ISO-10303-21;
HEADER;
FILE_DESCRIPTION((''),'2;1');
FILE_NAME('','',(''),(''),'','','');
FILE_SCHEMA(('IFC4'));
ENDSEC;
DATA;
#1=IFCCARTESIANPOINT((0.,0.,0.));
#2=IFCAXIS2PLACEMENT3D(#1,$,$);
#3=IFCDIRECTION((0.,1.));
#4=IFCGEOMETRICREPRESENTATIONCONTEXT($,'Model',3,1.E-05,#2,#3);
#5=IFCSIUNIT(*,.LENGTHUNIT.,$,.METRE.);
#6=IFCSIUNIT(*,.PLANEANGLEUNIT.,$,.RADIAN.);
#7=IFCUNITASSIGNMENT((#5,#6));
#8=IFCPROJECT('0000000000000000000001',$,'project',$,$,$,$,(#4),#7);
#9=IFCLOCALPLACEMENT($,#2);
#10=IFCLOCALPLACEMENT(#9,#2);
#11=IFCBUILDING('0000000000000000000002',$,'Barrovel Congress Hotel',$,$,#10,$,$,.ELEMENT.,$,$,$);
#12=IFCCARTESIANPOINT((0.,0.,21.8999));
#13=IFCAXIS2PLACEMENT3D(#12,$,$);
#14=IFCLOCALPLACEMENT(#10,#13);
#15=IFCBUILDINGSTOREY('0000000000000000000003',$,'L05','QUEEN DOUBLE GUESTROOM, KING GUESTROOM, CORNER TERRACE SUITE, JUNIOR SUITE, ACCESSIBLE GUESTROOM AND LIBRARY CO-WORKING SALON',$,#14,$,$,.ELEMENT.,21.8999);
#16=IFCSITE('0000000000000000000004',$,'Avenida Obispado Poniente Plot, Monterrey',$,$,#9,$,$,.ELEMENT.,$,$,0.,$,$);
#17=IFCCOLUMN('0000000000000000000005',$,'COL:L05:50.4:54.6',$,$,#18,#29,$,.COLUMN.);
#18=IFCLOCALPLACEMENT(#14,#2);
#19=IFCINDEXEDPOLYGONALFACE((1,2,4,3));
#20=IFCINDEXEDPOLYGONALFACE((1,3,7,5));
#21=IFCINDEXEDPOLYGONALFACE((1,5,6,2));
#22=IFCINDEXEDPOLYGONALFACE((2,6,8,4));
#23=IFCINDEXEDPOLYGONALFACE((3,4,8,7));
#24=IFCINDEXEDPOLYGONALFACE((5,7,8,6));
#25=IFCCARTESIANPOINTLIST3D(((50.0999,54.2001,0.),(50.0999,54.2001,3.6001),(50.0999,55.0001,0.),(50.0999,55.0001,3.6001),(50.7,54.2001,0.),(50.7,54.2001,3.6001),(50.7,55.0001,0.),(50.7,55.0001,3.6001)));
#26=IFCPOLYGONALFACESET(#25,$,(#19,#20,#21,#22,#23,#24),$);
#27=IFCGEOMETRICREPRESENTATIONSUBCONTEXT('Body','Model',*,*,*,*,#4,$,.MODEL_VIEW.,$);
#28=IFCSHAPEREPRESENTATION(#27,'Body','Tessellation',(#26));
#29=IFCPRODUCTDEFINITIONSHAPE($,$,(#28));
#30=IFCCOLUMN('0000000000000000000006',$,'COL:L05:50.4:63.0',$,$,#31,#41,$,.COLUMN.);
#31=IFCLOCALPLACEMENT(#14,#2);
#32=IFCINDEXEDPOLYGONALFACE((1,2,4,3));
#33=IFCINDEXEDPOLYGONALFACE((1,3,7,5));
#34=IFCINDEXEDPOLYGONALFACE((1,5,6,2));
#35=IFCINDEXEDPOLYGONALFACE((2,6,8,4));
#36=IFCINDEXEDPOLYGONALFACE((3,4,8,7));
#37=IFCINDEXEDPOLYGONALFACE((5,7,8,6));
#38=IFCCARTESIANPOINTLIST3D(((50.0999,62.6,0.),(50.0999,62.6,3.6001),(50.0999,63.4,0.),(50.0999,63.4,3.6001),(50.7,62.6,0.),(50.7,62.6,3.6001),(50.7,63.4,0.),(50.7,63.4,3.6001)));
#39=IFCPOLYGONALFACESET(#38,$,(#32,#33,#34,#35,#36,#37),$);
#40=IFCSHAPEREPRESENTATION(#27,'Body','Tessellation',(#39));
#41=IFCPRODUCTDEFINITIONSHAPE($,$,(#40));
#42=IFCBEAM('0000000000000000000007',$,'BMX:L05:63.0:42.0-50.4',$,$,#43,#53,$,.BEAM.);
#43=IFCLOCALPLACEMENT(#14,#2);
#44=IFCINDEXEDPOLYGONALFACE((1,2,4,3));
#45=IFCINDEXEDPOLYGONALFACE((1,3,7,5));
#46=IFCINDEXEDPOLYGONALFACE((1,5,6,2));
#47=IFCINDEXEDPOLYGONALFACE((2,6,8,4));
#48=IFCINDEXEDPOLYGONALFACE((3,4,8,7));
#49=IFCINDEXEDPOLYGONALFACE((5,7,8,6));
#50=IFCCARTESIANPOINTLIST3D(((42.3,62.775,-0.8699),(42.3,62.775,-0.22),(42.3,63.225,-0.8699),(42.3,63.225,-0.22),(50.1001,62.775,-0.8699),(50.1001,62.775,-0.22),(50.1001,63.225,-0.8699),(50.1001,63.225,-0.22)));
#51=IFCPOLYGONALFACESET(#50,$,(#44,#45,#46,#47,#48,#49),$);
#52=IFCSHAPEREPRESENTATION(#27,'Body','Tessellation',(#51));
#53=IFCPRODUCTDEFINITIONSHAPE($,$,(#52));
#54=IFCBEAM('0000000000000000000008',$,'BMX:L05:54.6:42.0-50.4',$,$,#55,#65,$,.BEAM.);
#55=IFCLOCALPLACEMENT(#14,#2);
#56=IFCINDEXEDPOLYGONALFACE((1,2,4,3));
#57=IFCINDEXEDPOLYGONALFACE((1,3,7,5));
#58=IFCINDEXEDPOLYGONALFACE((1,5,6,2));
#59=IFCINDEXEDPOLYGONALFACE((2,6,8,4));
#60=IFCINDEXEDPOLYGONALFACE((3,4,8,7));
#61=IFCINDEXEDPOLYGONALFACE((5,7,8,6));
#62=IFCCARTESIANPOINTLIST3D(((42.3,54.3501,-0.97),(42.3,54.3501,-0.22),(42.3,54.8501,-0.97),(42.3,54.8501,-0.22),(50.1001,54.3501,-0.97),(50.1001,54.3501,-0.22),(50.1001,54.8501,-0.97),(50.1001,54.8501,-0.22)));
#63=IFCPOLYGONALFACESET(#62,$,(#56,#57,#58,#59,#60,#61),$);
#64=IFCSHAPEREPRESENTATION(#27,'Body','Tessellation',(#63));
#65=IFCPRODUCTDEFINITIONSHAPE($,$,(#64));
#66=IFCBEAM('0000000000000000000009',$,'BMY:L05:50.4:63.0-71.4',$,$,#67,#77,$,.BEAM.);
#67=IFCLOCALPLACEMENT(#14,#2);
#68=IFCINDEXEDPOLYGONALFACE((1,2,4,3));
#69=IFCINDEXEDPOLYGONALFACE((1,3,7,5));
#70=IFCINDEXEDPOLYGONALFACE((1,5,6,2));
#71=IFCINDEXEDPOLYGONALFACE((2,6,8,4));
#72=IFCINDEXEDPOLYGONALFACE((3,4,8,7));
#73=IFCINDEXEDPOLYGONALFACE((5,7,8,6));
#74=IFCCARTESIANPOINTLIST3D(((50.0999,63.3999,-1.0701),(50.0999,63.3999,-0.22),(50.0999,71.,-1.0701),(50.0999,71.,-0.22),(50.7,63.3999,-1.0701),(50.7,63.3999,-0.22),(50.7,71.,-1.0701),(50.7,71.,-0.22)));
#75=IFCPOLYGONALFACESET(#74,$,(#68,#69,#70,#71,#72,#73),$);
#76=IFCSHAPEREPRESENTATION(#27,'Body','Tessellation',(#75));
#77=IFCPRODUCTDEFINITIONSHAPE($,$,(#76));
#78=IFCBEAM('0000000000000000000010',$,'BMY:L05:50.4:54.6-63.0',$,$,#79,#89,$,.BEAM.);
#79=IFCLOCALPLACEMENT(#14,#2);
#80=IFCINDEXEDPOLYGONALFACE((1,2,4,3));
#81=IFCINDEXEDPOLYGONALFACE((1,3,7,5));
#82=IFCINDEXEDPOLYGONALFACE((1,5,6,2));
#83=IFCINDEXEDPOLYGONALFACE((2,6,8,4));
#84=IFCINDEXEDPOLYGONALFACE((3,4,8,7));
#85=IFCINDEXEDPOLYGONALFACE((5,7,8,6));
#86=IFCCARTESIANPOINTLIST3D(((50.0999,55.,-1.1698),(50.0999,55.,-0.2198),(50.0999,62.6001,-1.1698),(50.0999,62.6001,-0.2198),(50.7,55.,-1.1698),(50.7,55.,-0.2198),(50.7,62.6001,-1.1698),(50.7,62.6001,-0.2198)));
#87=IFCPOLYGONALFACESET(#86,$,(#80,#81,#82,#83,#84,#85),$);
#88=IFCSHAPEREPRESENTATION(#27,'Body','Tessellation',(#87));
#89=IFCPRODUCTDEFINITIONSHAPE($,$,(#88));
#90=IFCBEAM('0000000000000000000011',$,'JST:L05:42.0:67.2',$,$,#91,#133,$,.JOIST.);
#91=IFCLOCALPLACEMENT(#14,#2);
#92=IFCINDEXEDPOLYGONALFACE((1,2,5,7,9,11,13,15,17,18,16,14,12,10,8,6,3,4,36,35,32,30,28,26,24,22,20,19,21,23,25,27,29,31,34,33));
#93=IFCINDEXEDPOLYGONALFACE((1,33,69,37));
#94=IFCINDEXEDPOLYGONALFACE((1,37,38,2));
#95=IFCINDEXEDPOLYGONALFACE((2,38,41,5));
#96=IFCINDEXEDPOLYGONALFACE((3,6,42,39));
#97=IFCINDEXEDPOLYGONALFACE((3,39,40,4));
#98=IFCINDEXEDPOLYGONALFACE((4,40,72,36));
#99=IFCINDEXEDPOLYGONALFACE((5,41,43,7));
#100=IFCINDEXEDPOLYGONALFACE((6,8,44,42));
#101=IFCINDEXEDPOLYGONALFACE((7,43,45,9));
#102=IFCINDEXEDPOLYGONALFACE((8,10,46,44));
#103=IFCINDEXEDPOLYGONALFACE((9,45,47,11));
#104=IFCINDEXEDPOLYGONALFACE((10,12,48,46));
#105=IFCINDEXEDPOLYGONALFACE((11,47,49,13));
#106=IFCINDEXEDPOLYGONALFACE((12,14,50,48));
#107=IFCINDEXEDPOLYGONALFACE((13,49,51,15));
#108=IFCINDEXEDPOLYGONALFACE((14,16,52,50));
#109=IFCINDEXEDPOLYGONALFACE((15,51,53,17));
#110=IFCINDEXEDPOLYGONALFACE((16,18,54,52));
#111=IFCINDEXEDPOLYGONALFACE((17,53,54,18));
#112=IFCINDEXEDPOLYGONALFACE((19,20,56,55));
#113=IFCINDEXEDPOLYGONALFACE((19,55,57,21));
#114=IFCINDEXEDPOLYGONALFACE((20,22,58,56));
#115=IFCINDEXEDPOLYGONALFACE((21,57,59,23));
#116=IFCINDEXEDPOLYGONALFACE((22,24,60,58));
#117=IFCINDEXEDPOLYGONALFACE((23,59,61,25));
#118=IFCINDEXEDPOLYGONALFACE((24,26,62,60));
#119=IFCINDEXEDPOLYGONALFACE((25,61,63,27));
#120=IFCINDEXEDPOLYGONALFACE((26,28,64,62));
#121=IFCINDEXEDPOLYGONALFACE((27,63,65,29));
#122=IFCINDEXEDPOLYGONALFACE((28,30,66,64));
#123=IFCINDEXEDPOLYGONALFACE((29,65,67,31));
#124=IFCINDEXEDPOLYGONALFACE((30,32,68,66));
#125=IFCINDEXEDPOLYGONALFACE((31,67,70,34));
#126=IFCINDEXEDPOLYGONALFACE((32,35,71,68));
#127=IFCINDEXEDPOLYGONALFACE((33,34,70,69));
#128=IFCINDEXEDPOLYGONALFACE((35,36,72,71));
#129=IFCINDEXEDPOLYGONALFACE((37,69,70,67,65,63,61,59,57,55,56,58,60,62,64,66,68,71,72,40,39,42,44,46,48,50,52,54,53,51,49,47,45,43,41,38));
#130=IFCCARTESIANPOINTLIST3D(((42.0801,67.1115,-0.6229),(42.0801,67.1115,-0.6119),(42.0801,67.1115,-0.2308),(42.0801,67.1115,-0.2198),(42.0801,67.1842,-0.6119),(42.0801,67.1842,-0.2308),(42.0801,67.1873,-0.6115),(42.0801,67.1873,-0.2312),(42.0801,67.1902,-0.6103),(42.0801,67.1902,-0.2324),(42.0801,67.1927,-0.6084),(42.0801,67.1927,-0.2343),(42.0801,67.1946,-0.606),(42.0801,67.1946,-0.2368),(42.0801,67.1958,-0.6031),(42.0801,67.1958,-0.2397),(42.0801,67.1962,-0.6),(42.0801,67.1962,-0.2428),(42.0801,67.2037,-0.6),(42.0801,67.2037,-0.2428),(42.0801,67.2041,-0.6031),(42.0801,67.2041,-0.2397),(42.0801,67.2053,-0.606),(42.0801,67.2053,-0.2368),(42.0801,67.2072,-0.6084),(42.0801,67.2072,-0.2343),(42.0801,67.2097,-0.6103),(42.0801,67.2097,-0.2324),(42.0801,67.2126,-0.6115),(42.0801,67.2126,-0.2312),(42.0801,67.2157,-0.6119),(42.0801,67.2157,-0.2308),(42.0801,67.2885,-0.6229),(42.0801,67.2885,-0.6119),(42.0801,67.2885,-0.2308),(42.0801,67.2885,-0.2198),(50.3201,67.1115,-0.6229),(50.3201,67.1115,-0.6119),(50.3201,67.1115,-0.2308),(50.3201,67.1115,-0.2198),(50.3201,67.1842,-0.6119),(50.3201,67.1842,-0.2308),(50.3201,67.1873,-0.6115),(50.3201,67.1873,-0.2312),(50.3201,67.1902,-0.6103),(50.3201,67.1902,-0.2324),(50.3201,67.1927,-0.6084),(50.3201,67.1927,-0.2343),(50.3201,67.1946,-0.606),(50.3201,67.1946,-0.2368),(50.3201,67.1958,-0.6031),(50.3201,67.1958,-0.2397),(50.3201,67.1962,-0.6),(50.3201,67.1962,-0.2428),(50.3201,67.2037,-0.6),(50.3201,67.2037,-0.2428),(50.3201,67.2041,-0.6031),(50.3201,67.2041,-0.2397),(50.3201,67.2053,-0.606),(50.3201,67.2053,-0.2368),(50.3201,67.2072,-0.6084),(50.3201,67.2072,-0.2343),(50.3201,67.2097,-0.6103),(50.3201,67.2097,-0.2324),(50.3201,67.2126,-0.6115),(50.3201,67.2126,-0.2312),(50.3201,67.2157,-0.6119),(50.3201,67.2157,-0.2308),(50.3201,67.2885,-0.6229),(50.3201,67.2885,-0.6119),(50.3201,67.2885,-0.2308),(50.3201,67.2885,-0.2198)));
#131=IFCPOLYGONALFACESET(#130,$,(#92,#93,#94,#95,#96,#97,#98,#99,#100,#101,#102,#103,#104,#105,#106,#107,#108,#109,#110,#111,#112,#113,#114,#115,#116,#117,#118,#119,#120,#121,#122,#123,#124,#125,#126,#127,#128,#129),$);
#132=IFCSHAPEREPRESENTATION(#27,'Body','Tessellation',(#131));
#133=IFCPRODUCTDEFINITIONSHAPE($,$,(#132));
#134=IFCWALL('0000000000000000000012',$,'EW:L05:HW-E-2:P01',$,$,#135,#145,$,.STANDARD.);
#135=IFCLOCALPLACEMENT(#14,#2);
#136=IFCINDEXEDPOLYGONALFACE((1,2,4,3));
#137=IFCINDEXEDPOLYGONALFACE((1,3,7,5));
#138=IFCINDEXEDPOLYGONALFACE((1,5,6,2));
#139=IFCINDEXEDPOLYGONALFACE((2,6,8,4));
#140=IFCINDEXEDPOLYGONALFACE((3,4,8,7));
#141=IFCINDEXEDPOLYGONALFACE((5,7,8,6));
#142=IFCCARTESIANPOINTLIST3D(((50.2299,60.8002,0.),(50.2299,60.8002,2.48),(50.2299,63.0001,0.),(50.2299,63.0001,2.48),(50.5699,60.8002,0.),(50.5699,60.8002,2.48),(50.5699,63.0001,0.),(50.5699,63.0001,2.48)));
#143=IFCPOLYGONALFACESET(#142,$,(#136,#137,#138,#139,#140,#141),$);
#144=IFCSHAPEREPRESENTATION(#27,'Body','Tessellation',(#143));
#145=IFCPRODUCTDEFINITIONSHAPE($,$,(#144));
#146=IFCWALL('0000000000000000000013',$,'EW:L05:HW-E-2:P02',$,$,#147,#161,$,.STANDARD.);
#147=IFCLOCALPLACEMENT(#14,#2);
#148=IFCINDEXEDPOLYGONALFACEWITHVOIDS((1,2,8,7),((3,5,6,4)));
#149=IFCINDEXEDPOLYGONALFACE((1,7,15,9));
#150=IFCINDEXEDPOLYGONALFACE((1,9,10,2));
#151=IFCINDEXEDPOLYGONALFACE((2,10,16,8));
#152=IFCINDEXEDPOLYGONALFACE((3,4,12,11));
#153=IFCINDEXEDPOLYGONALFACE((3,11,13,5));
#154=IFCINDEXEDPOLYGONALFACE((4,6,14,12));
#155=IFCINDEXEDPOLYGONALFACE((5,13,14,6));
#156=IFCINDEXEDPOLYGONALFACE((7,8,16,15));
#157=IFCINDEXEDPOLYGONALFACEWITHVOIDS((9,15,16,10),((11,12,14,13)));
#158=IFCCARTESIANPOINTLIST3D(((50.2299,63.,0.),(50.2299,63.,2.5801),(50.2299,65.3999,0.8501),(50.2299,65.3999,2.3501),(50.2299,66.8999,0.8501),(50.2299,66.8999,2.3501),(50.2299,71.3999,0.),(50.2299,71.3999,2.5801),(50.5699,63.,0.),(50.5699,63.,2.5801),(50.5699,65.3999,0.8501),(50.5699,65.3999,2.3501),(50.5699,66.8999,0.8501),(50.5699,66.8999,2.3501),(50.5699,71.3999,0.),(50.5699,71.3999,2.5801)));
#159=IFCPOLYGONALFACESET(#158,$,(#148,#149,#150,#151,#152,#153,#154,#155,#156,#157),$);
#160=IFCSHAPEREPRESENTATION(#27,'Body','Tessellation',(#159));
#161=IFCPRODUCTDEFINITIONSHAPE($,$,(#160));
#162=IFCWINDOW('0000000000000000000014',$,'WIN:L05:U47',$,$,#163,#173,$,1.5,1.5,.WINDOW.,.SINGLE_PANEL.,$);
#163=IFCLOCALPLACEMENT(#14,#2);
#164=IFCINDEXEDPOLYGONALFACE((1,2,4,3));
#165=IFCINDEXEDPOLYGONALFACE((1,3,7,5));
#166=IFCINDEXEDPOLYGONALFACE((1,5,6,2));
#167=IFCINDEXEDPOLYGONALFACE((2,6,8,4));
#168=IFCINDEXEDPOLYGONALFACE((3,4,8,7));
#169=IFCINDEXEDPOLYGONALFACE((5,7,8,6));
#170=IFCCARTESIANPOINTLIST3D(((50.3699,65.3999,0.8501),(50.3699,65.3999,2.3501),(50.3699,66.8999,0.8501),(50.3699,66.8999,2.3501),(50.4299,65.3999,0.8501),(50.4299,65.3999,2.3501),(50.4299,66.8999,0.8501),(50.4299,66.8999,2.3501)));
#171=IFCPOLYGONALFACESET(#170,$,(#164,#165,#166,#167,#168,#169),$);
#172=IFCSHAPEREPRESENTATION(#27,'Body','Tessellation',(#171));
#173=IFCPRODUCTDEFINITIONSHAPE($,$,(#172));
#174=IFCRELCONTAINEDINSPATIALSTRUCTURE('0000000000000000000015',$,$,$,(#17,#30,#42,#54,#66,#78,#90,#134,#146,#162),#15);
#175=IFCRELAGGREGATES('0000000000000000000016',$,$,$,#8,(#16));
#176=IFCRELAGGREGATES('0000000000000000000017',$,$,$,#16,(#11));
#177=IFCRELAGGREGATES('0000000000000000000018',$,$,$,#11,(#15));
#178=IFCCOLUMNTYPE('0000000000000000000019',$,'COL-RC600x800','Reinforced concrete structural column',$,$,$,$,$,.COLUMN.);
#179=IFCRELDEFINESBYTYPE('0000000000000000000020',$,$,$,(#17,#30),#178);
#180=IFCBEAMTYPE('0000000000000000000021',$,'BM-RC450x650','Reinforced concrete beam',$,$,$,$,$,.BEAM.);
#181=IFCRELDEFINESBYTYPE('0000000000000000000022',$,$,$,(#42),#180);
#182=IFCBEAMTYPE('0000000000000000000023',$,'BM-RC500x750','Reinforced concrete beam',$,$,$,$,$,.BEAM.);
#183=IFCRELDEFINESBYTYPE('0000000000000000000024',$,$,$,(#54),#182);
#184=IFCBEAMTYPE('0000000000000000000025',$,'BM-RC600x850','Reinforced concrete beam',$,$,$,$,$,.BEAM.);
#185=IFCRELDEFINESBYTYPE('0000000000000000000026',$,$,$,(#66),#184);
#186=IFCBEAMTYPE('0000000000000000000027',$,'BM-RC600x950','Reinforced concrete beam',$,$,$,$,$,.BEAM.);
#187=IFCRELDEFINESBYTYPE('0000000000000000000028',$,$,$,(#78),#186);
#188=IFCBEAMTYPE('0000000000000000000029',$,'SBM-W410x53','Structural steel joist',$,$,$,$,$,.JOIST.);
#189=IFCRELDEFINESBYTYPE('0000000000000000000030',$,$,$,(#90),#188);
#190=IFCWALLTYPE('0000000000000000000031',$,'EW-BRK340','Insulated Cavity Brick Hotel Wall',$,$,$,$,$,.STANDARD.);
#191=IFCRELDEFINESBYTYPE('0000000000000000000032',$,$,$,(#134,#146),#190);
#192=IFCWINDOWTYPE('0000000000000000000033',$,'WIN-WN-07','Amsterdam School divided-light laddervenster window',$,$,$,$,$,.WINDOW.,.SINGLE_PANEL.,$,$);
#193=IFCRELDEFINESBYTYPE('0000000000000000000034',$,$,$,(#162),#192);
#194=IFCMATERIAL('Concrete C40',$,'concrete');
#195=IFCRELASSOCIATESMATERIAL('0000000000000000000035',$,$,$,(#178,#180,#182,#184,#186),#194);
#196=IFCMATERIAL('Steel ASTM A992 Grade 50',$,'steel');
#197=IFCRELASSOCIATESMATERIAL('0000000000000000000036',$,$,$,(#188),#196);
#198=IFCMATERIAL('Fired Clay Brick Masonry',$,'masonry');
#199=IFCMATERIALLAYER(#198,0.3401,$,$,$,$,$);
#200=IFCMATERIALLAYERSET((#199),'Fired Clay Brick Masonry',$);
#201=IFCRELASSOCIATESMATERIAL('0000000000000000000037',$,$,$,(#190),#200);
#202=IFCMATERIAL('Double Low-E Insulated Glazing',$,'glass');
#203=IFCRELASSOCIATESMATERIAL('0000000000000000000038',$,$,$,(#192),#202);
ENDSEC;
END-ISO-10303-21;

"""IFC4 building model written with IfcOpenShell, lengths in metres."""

from ifc_helpers import new_model, si_unit, direction, frame, frame_2d, origin, origin_2d, place, context, subcontext, project, spatial, rectangle, i_section, extrude, material, layer, layer_set, material_profile, profile_set, type_object, element, fill, save


model = new_model("IFC4")

# Units and contexts
model_context = context("Model", 3, precision=1e-05, world=origin(), true_north=direction((0.0, 1.0)))
body_context = subcontext(model_context, "Body", "Model", "MODEL_VIEW")
ifc_project = project(units=[si_unit("LENGTHUNIT", "METRE"), si_unit("PLANEANGLEUNIT", "RADIAN")], contexts=[model_context])

# Site, building, storey
site_placement = place(None, origin())
site = spatial("IfcSite", under=ifc_project, at=site_placement, Name="Avenida Obispado Poniente Plot, Monterrey", CompositionType="ELEMENT", RefElevation=0.0)
building_placement = place(site_placement, origin())
building = spatial("IfcBuilding", under=site, at=building_placement, Name="Barrovel Congress Hotel", CompositionType="ELEMENT")
storey_placement = place(building_placement, frame((0.0, 0.0, 21.8999)))
storey = spatial("IfcBuildingStorey", under=building, at=storey_placement, Name="L05", Description="QUEEN DOUBLE GUESTROOM, KING GUESTROOM, CORNER TERRACE SUITE, JUNIOR SUITE, ACCESSIBLE GUESTROOM AND LIBRARY CO-WORKING SALON", CompositionType="ELEMENT", Elevation=21.8999)

# Columns
ifc_material_1 = material(Name="Concrete C40", Category="concrete")
ifc_material_profile_1 = material_profile(ifc_material_1, rectangle(XDim=0.6001, YDim=0.8, at=origin_2d()), Name="RC600x800")
ifc_profile_set_1 = profile_set([ifc_material_profile_1], Name="Concrete C40")
column_type = type_object("IfcColumnType", Name="COL-RC600x800", Description="Reinforced concrete structural column", PredefinedType="COLUMN", material=ifc_profile_set_1)
for number, where, z_axis, x_axis, name in (
    (1, (50.3999, 54.6001, 0.0), (0.0, 0.0, 1.0), (1.0, 0.0, 0.0), "COL:L05:50.4:54.6"),
    (2, (50.3999, 63.0, 0.0), (0.0, 0.0, 1.0), (1.0, 0.0, 0.0), "COL:L05:50.4:63.0"),
):
    element("IfcColumn", number, at=place(storey_placement, frame(where, z_axis=z_axis, x_axis=x_axis)), inside=storey, type_object=column_type, Name=name, PredefinedType="COLUMN", context=body_context, shape_type="SweptSolid", body=[
        extrude(rectangle(XDim=0.6001, YDim=0.8, at=origin_2d()), origin(), (0.0, 0.0, 1.0), 3.6001),
    ])

# Beams
ifc_material_profile_2 = material_profile(ifc_material_1, rectangle(XDim=0.45, YDim=0.6499, at=origin_2d()), Name="RC450x650")
ifc_profile_set_2 = profile_set([ifc_material_profile_2], Name="Concrete C40")
beam_type_1 = type_object("IfcBeamType", Name="BM-RC450x650", Description="Reinforced concrete beam", PredefinedType="BEAM", material=ifc_profile_set_2)
beam_1_placement = place(storey_placement, frame((42.3, 63.0, -0.5449), z_axis=(1.0, 0.0, 0.0), x_axis=(0.0, 1.0, 0.0)))
element("IfcBeam", 3, at=beam_1_placement, inside=storey, type_object=beam_type_1, Name="BMX:L05:63.0:42.0-50.4", PredefinedType="BEAM", context=body_context, shape_type="SweptSolid", body=[
    extrude(rectangle(XDim=0.45, YDim=0.6499, at=origin_2d()), origin(), (0.0, 0.0, 1.0), 7.8),
])
ifc_material_profile_3 = material_profile(ifc_material_1, rectangle(XDim=0.5, YDim=0.75, at=origin_2d()), Name="RC500x750")
ifc_profile_set_3 = profile_set([ifc_material_profile_3], Name="Concrete C40")
beam_type_2 = type_object("IfcBeamType", Name="BM-RC500x750", Description="Reinforced concrete beam", PredefinedType="BEAM", material=ifc_profile_set_3)
beam_2_placement = place(storey_placement, frame((42.3, 54.6001, -0.595), z_axis=(1.0, 0.0, 0.0), x_axis=(0.0, 1.0, 0.0)))
element("IfcBeam", 4, at=beam_2_placement, inside=storey, type_object=beam_type_2, Name="BMX:L05:54.6:42.0-50.4", PredefinedType="BEAM", context=body_context, shape_type="SweptSolid", body=[
    extrude(rectangle(XDim=0.5, YDim=0.75, at=origin_2d()), origin(), (0.0, 0.0, 1.0), 7.8),
])
ifc_material_profile_4 = material_profile(ifc_material_1, rectangle(XDim=0.6001, YDim=0.8501, at=origin_2d()), Name="RC600x850")
ifc_profile_set_4 = profile_set([ifc_material_profile_4], Name="Concrete C40")
beam_type_3 = type_object("IfcBeamType", Name="BM-RC600x850", Description="Reinforced concrete beam", PredefinedType="BEAM", material=ifc_profile_set_4)
beam_3_placement = place(storey_placement, frame((50.3999, 63.3999, -0.645), z_axis=(0.0, 1.0, 0.0), x_axis=(-1.0, 0.0, 0.0)))
element("IfcBeam", 5, at=beam_3_placement, inside=storey, type_object=beam_type_3, Name="BMY:L05:50.4:63.0-71.4", PredefinedType="BEAM", context=body_context, shape_type="SweptSolid", body=[
    extrude(rectangle(XDim=0.6001, YDim=0.8501, at=origin_2d()), origin(), (0.0, 0.0, 1.0), 7.6001),
])
ifc_material_profile_5 = material_profile(ifc_material_1, rectangle(XDim=0.6001, YDim=0.95, at=origin_2d()), Name="RC600x950")
ifc_profile_set_5 = profile_set([ifc_material_profile_5], Name="Concrete C40")
beam_type_4 = type_object("IfcBeamType", Name="BM-RC600x950", Description="Reinforced concrete beam", PredefinedType="BEAM", material=ifc_profile_set_5)
beam_4_placement = place(storey_placement, frame((50.3999, 55.0, -0.6948), z_axis=(0.0, 1.0, 0.0), x_axis=(-1.0, 0.0, 0.0)))
element("IfcBeam", 6, at=beam_4_placement, inside=storey, type_object=beam_type_4, Name="BMY:L05:50.4:54.6-63.0", PredefinedType="BEAM", context=body_context, shape_type="SweptSolid", body=[
    extrude(rectangle(XDim=0.6001, YDim=0.95, at=origin_2d()), origin(), (0.0, 0.0, 1.0), 7.6001),
])
ifc_material_2 = material(Name="Steel ASTM A992 Grade 50", Category="steel")
ifc_material_profile_6 = material_profile(ifc_material_2, i_section(OverallWidth=0.177, OverallDepth=0.4031, WebThickness=0.0076, FlangeThickness=0.011, FilletRadius=0.012, at=origin_2d()), Name="W410x53")
ifc_profile_set_6 = profile_set([ifc_material_profile_6], Name="Steel ASTM A992 Grade 50")
beam_type_5 = type_object("IfcBeamType", Name="SBM-W410x53", Description="Structural steel joist", PredefinedType="JOIST", material=ifc_profile_set_6)
beam_5_placement = place(storey_placement, frame((42.0801, 67.2, -0.4214), z_axis=(1.0, 0.0, 0.0), x_axis=(0.0, 1.0, 0.0)))
element("IfcBeam", 7, at=beam_5_placement, inside=storey, type_object=beam_type_5, Name="JST:L05:42.0:67.2", PredefinedType="JOIST", context=body_context, shape_type="SweptSolid", body=[
    extrude(i_section(OverallWidth=0.177, OverallDepth=0.4031, WebThickness=0.0076, FlangeThickness=0.011, FilletRadius=0.012, at=origin_2d()), origin(), (0.0, 0.0, 1.0), 8.24),
])

# Wall
ifc_material_3 = material(Name="Fired Clay Brick Masonry", Category="masonry")
ifc_layer_1 = layer(ifc_material_3, 0.3401)
ifc_layer_set_1 = layer_set([ifc_layer_1], Name="Fired Clay Brick Masonry")
wall_type_1 = type_object("IfcWallType", Name="EW-BRK340", Description="Insulated Cavity Brick Hotel Wall", PredefinedType="STANDARD", material=ifc_layer_set_1)
wall_1_placement = place(storey_placement, frame((50.3999, 60.8, 0.0), z_axis=(0.0, 0.0, 1.0), x_axis=(0.0, 1.0, 0.0)))
element("IfcWall", 8, at=wall_1_placement, inside=storey, type_object=wall_type_1, Name="EW:L05:HW-E-2:P01", PredefinedType="STANDARD", context=body_context, shape_type="SweptSolid", body=[
    extrude(rectangle(XDim=2.2, YDim=0.3401, at=frame_2d((1.1001, 0.0))), origin(), (0.0, 0.0, 1.0), 2.48),
])

# Wall, opening, window
wall_2_placement = place(storey_placement, frame((50.3999, 63.0, 0.0), z_axis=(0.0, 0.0, 1.0), x_axis=(0.0, 1.0, 0.0)))
wall_2 = element("IfcWall", 9, at=wall_2_placement, inside=storey, type_object=wall_type_1, Name="EW:L05:HW-E-2:P02", PredefinedType="STANDARD", context=body_context, shape_type="SweptSolid", body=[
    extrude(rectangle(XDim=8.3999, YDim=0.3401, at=frame_2d((4.2, 0.0))), origin(), (0.0, 0.0, 1.0), 2.5801),
])
opening_1_placement = place(wall_2_placement, frame((2.3999, 0.0, 0.8501)))
opening_1 = element("IfcOpeningElement", 10, at=opening_1_placement, cuts=wall_2, PredefinedType="OPENING", context=body_context, shape_type="SweptSolid", body=[
    extrude(rectangle(XDim=1.5, YDim=1.5, at=frame_2d((0.75, 0.75))), frame((0.0, 0.1802, 0.0), z_axis=(0.0, -1.0, 0.0), x_axis=(1.0, 0.0, 0.0)), (0.0, 0.0, 1.0), 0.3601),
])
ifc_material_4 = material(Name="Double Low-E Insulated Glazing", Category="glass")
window_type = type_object("IfcWindowType", Name="WIN-WN-07", Description="Amsterdam School divided-light laddervenster window", PartitioningType="SINGLE_PANEL", PredefinedType="WINDOW", material=ifc_material_4)
window_placement = place(opening_1_placement, origin())
window = element("IfcWindow", 11, at=window_placement, inside=storey, type_object=window_type, Name="WIN:L05:U47", OverallHeight=1.5, OverallWidth=1.5, PartitioningType="SINGLE_PANEL", PredefinedType="WINDOW", context=body_context, shape_type="SweptSolid", body=[
    extrude(rectangle(XDim=1.5, YDim=1.5, at=frame_2d((0.75, 0.75))), frame((0.0, 0.03, 0.0), z_axis=(0.0, -1.0, 0.0), x_axis=(1.0, 0.0, 0.0)), (0.0, 0.0, 1.0), 0.0601),
])
fill(opening_1, window)

save(model, "model.ifc")
